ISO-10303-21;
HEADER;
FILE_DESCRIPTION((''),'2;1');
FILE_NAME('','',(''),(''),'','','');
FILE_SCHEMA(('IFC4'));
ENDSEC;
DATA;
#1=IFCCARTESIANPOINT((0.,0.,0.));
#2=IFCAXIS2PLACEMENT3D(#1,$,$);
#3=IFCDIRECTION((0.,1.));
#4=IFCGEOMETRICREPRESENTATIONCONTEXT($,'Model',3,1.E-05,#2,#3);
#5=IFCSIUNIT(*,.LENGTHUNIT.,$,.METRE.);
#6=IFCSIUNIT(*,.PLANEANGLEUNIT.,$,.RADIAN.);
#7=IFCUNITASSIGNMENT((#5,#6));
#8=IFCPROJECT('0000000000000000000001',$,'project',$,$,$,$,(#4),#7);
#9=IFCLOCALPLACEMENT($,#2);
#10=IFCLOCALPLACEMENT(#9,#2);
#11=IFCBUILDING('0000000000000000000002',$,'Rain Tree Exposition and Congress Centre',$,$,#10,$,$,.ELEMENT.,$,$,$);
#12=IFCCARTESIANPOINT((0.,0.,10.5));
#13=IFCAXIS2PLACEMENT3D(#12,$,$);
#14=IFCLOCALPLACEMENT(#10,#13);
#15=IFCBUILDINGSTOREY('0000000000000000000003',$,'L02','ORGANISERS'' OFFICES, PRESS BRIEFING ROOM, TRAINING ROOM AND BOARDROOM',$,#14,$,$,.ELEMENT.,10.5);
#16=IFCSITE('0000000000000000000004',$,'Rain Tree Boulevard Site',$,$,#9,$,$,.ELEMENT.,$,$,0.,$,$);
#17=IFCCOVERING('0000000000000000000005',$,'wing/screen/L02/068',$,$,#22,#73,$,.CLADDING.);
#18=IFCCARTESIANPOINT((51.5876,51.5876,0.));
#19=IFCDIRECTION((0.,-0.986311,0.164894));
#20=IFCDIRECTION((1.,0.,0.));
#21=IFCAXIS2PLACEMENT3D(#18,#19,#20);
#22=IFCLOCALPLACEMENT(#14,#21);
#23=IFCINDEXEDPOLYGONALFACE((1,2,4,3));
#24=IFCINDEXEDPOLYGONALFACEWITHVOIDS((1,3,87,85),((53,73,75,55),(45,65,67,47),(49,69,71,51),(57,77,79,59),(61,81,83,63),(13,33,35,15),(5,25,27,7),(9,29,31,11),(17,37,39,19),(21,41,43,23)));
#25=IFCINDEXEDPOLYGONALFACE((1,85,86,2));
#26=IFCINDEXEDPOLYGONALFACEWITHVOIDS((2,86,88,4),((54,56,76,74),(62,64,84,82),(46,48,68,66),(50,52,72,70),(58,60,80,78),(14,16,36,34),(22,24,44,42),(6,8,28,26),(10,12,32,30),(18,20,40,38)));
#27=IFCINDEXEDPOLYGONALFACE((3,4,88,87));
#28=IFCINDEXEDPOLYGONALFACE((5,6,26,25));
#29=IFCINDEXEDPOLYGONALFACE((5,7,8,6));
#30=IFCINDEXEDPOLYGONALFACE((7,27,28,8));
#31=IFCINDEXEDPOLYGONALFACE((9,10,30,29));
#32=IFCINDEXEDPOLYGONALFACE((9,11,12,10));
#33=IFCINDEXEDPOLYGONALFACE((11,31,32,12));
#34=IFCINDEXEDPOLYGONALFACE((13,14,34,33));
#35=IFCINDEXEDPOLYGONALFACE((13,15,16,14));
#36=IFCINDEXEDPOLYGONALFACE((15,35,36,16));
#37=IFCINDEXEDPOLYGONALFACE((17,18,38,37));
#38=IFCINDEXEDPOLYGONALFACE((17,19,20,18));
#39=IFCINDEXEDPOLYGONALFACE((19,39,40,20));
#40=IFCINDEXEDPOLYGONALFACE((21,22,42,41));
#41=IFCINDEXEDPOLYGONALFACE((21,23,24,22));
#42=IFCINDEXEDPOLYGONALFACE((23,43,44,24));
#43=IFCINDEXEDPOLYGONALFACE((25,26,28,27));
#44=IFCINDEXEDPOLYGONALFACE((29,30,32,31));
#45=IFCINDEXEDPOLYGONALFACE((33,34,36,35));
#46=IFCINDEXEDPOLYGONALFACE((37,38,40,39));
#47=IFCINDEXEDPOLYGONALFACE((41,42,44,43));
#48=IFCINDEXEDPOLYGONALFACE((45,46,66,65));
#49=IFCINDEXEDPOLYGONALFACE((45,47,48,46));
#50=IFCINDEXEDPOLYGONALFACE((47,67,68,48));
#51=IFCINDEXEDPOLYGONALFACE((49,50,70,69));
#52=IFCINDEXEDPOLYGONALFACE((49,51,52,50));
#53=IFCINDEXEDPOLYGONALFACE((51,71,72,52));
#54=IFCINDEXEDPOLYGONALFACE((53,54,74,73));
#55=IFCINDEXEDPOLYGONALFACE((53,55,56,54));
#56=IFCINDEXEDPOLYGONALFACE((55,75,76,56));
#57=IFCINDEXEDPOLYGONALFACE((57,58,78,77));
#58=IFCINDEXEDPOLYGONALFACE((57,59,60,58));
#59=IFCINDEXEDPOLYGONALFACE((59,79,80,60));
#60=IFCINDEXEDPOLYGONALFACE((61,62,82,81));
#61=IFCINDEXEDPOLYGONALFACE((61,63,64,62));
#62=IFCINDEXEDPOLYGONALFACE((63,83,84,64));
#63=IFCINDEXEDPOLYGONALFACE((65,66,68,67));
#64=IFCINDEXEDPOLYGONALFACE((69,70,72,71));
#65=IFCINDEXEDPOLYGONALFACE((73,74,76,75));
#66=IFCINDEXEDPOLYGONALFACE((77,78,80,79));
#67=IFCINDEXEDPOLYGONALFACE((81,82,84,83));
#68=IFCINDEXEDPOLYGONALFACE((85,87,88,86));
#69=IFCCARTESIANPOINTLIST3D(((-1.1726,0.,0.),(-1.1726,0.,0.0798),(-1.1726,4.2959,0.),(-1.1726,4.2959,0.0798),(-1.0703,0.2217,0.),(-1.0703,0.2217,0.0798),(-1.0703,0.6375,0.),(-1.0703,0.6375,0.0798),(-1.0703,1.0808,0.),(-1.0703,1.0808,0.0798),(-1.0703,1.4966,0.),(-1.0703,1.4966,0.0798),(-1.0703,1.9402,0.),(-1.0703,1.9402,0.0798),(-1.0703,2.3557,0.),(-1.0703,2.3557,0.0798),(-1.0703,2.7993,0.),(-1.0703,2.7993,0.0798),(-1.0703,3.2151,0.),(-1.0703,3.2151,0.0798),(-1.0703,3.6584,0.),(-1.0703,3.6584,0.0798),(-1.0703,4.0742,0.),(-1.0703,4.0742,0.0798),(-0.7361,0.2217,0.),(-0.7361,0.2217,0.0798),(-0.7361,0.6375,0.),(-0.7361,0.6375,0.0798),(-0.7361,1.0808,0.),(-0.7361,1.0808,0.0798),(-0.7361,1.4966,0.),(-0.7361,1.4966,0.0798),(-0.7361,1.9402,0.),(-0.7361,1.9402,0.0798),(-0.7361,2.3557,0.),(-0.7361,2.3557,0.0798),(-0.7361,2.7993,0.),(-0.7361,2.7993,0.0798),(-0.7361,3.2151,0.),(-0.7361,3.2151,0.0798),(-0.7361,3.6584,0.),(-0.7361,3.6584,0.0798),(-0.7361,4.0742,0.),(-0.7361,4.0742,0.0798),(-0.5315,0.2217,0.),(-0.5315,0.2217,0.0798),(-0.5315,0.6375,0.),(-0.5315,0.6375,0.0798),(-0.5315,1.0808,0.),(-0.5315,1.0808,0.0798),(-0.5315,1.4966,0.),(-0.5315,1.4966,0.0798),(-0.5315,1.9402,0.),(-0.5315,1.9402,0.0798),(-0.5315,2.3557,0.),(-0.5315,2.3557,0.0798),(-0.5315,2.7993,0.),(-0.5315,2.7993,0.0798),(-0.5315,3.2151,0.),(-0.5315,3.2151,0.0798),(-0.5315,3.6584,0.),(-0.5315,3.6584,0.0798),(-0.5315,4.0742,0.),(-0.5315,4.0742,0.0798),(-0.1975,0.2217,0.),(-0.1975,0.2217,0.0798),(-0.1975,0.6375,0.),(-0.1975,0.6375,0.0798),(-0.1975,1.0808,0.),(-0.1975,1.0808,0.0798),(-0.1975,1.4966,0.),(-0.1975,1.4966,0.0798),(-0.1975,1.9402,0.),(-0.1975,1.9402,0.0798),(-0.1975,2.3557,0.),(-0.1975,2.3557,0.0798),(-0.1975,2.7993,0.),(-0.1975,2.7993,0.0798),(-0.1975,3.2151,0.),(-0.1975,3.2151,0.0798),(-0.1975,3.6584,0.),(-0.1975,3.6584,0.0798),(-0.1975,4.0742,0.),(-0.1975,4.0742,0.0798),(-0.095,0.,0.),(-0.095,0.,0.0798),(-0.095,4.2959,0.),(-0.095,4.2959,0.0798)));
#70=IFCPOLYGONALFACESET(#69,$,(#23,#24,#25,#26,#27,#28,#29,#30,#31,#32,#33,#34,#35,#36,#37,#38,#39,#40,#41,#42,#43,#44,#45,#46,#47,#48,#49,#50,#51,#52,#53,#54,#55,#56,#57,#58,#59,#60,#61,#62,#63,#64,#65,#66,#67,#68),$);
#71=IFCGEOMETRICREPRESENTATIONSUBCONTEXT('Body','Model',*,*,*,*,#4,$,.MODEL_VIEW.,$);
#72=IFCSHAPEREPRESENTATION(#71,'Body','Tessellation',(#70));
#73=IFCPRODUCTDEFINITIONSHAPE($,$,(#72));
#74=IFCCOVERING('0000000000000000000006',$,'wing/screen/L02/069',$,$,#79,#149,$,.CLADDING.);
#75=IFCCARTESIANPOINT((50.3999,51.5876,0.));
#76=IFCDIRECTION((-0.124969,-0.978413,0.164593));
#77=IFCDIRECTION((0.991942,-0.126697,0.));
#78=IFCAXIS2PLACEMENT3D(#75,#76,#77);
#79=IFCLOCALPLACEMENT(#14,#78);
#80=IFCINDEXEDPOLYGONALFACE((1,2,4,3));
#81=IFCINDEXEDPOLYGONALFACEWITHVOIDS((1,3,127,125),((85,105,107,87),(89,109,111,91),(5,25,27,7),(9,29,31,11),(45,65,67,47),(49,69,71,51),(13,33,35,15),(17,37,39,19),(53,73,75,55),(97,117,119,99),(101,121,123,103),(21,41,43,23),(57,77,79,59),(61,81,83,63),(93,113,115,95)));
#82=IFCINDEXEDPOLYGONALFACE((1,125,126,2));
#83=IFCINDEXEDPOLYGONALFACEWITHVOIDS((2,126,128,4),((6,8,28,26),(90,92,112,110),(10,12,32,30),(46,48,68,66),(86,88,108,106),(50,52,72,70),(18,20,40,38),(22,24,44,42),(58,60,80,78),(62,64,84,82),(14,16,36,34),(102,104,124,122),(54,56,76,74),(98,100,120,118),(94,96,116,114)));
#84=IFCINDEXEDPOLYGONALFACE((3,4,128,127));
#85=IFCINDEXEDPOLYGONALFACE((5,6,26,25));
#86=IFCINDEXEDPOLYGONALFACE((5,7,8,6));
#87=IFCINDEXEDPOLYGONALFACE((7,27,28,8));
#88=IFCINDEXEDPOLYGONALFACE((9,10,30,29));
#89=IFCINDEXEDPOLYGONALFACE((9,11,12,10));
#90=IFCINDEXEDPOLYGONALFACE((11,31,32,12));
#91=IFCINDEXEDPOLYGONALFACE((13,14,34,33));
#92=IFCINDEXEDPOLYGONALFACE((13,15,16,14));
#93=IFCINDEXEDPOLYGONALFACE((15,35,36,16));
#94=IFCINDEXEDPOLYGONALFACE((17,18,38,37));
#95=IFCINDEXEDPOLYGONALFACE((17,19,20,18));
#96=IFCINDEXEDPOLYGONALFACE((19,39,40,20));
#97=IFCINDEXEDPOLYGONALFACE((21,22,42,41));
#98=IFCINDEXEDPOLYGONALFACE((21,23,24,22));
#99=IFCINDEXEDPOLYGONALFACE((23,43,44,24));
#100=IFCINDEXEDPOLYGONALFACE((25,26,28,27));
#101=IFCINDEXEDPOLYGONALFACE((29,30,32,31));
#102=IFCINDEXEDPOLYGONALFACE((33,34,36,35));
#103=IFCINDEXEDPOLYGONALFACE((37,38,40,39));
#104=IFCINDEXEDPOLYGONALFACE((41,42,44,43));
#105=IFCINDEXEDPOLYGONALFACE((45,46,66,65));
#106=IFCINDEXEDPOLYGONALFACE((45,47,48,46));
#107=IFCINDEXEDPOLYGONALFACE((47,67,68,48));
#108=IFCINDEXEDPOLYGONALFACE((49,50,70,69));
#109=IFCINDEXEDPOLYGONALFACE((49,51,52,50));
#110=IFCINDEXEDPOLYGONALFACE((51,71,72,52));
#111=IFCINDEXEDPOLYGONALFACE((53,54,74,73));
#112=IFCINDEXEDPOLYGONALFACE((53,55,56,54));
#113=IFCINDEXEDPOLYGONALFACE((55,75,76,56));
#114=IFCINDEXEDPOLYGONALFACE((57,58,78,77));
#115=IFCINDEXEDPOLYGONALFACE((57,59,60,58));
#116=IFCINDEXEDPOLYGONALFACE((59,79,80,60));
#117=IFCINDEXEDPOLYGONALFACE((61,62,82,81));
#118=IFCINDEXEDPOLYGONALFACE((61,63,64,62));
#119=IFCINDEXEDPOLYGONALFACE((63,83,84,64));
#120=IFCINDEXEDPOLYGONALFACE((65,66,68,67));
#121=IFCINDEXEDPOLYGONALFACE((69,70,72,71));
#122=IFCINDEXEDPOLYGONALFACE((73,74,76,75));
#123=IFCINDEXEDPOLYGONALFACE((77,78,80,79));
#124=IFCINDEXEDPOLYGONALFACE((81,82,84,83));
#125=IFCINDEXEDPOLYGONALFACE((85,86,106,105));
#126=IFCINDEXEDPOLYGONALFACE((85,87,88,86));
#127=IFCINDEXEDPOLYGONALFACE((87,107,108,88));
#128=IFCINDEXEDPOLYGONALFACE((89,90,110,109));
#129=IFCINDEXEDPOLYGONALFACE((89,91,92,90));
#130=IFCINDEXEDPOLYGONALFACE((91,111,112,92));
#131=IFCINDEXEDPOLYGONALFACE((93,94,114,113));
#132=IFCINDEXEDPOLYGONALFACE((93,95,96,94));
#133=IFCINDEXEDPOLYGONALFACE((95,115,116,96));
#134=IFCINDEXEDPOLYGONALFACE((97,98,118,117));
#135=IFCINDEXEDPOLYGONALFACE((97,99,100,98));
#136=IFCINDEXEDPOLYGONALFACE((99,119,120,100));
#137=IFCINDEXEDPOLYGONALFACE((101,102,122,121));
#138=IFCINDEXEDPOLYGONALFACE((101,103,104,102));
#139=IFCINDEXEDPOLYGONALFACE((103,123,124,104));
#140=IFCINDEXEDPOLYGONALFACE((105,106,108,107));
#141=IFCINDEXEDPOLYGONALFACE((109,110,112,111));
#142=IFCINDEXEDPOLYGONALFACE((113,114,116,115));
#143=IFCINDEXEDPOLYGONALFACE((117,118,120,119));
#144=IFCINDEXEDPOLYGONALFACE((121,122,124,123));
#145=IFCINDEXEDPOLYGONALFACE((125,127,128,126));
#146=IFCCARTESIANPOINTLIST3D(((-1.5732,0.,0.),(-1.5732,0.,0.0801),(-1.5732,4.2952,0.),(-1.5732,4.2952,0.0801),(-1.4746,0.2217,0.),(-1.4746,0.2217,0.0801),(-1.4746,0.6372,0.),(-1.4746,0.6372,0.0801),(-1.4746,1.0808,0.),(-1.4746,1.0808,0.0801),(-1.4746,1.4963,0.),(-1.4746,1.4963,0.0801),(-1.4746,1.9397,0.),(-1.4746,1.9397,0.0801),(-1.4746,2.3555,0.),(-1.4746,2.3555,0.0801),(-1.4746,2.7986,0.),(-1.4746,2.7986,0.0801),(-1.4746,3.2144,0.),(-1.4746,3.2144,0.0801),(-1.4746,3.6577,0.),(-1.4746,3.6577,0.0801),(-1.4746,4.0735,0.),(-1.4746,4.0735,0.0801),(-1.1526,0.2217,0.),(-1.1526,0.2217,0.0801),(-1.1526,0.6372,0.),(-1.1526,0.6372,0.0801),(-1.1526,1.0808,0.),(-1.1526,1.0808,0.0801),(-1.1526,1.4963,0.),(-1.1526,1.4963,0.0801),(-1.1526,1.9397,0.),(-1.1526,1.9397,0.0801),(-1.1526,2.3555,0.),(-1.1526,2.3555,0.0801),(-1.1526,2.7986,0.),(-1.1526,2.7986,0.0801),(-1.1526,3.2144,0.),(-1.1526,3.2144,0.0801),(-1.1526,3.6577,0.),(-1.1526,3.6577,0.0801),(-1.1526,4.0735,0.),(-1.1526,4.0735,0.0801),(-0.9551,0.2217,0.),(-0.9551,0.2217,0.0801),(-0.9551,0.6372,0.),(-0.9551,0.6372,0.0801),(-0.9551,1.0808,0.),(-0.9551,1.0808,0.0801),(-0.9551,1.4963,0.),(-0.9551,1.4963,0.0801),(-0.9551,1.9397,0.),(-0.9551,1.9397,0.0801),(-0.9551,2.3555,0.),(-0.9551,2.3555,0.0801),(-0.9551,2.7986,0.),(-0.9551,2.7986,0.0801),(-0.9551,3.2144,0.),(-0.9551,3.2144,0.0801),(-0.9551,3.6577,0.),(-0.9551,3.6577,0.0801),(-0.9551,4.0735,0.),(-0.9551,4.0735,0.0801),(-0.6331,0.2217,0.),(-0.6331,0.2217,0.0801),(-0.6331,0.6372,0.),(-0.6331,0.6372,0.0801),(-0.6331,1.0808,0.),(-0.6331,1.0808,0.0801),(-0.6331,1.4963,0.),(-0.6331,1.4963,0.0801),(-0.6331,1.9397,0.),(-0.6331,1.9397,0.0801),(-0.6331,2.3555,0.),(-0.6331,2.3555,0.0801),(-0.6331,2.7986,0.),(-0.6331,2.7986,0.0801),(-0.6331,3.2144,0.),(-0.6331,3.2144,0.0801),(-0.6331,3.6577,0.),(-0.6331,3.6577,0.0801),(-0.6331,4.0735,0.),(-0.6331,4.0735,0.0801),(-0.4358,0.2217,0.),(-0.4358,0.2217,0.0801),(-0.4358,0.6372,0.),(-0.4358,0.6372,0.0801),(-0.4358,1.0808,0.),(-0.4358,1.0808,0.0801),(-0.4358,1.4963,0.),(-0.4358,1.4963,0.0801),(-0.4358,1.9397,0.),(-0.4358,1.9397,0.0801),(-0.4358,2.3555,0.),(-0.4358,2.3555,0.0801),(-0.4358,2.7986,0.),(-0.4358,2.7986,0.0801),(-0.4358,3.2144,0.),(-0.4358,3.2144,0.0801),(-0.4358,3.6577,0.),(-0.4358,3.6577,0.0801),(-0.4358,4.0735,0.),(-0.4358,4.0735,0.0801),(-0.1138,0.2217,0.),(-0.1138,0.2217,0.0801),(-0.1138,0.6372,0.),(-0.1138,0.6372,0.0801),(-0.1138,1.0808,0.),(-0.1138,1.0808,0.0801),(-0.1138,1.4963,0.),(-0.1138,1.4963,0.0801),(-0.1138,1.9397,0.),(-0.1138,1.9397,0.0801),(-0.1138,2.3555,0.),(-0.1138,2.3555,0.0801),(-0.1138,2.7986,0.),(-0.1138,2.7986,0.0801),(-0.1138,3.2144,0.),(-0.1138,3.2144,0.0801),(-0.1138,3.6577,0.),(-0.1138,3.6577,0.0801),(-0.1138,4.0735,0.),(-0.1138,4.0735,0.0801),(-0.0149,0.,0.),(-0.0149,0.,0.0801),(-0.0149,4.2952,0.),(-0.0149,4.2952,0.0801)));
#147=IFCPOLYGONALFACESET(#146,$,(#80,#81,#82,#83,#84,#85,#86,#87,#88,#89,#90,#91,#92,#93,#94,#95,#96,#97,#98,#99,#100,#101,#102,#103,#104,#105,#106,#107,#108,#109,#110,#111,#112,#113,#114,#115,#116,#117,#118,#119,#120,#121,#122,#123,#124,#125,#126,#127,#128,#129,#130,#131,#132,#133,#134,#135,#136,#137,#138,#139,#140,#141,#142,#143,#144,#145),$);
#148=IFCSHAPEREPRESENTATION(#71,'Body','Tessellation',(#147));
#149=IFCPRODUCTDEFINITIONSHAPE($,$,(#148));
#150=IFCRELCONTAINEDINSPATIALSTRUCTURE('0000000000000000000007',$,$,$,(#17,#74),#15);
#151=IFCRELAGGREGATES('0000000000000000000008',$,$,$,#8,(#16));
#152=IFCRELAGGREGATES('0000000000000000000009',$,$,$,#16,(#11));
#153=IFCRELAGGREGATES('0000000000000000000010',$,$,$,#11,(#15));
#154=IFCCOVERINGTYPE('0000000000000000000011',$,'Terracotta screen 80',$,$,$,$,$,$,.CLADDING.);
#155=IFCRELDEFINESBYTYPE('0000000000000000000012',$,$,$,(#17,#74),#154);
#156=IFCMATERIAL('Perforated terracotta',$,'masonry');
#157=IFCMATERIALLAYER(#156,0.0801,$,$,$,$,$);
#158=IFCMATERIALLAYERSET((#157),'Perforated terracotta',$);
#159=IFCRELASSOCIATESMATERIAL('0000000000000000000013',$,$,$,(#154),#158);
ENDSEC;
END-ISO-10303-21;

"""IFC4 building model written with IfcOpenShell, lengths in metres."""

from ifc_helpers import new_model, si_unit, direction, frame, origin, place, context, subcontext, project, spatial, polyline, outline, extrude, material, layer, layer_set, type_object, element, save


model = new_model("IFC4")

# Units and contexts
model_context = context("Model", 3, precision=1e-05, world=origin(), true_north=direction((0.0, 1.0)))
body_context = subcontext(model_context, "Body", "Model", "MODEL_VIEW")
ifc_project = project(units=[si_unit("LENGTHUNIT", "METRE"), si_unit("PLANEANGLEUNIT", "RADIAN")], contexts=[model_context])

# Site, building, storey
site_placement = place(None, origin())
site = spatial("IfcSite", under=ifc_project, at=site_placement, Name="Rain Tree Boulevard Site", CompositionType="ELEMENT", RefElevation=0.0)
building_placement = place(site_placement, origin())
building = spatial("IfcBuilding", under=site, at=building_placement, Name="Rain Tree Exposition and Congress Centre", CompositionType="ELEMENT")
storey_placement = place(building_placement, frame((0.0, 0.0, 10.5)))
storey = spatial("IfcBuildingStorey", under=building, at=storey_placement, Name="L02", Description="ORGANISERS' OFFICES, PRESS BRIEFING ROOM, TRAINING ROOM AND BOARDROOM", CompositionType="ELEMENT", Elevation=10.5)

# Coverings
ifc_material_1 = material(Name="Perforated terracotta", Category="masonry")
ifc_layer_1 = layer(ifc_material_1, 0.0801)
ifc_layer_set_1 = layer_set([ifc_layer_1], Name="Perforated terracotta")
covering_type = type_object("IfcCoveringType", Name="Terracotta screen 80", PredefinedType="CLADDING", material=ifc_layer_set_1)
covering_1_placement = place(storey_placement, frame((51.5876, 51.5876, 0.0), z_axis=(0.0, -0.986311, 0.164894), x_axis=(1.0, 0.0, 0.0)))
element("IfcCovering", 1, at=covering_1_placement, inside=storey, type_object=covering_type, Name="wing/screen/L02/068", PredefinedType="CLADDING", context=body_context, shape_type="SweptSolid", body=[
    extrude(outline(polyline([(-1.1726, 0.0), (-1.1726, 4.2959), (-0.095, 4.2959), (-0.095, 0.0), (-1.1726, 0.0)]), holes=[polyline([(-0.1975, 0.2217), (-0.1975, 0.6375), (-0.5315, 0.6375), (-0.5315, 0.2217), (-0.1975, 0.2217)]), polyline([(-0.1975, 1.0808), (-0.1975, 1.4966), (-0.5315, 1.4966), (-0.5315, 1.0808), (-0.1975, 1.0808)]), polyline([(-0.1975, 1.9402), (-0.1975, 2.3557), (-0.5315, 2.3557), (-0.5315, 1.9402), (-0.1975, 1.9402)]), polyline([(-0.1975, 2.7993), (-0.1975, 3.2151), (-0.5315, 3.2151), (-0.5315, 2.7993), (-0.1975, 2.7993)]), polyline([(-0.1975, 3.6584), (-0.1975, 4.0742), (-0.5315, 4.0742), (-0.5315, 3.6584), (-0.1975, 3.6584)]), polyline([(-0.7361, 0.2217), (-0.7361, 0.6375), (-1.0703, 0.6375), (-1.0703, 0.2217), (-0.7361, 0.2217)]), polyline([(-0.7361, 1.0808), (-0.7361, 1.4966), (-1.0703, 1.4966), (-1.0703, 1.0808), (-0.7361, 1.0808)]), polyline([(-0.7361, 1.9402), (-0.7361, 2.3557), (-1.0703, 2.3557), (-1.0703, 1.9402), (-0.7361, 1.9402)]), polyline([(-0.7361, 2.7993), (-0.7361, 3.2151), (-1.0703, 3.2151), (-1.0703, 2.7993), (-0.7361, 2.7993)]), polyline([(-0.7361, 3.6584), (-0.7361, 4.0742), (-1.0703, 4.0742), (-1.0703, 3.6584), (-0.7361, 3.6584)])]), origin(), (0.0, 0.0, 1.0), 0.0798),
])
covering_2_placement = place(storey_placement, frame((50.3999, 51.5876, 0.0), z_axis=(-0.124969, -0.978413, 0.164593), x_axis=(0.991942, -0.126697, 0.0)))
element("IfcCovering", 2, at=covering_2_placement, inside=storey, type_object=covering_type, Name="wing/screen/L02/069", PredefinedType="CLADDING", context=body_context, shape_type="SweptSolid", body=[
    extrude(outline(polyline([(-1.5732, 0.0), (-1.5732, 4.2952), (-0.0149, 4.2952), (-0.0149, 0.0), (-1.5732, 0.0)]), holes=[polyline([(-0.1138, 0.2217), (-0.1138, 0.6372), (-0.4358, 0.6372), (-0.4358, 0.2217), (-0.1138, 0.2217)]), polyline([(-0.1138, 1.0808), (-0.1138, 1.4963), (-0.4358, 1.4963), (-0.4358, 1.0808), (-0.1138, 1.0808)]), polyline([(-0.1138, 1.9397), (-0.1138, 2.3555), (-0.4358, 2.3555), (-0.4358, 1.9397), (-0.1138, 1.9397)]), polyline([(-0.1138, 2.7986), (-0.1138, 3.2144), (-0.4358, 3.2144), (-0.4358, 2.7986), (-0.1138, 2.7986)]), polyline([(-0.1138, 3.6577), (-0.1138, 4.0735), (-0.4358, 4.0735), (-0.4358, 3.6577), (-0.1138, 3.6577)]), polyline([(-0.6331, 0.2217), (-0.6331, 0.6372), (-0.9551, 0.6372), (-0.9551, 0.2217), (-0.6331, 0.2217)]), polyline([(-0.6331, 1.0808), (-0.6331, 1.4963), (-0.9551, 1.4963), (-0.9551, 1.0808), (-0.6331, 1.0808)]), polyline([(-0.6331, 1.9397), (-0.6331, 2.3555), (-0.9551, 2.3555), (-0.9551, 1.9397), (-0.6331, 1.9397)]), polyline([(-0.6331, 2.7986), (-0.6331, 3.2144), (-0.9551, 3.2144), (-0.9551, 2.7986), (-0.6331, 2.7986)]), polyline([(-0.6331, 3.6577), (-0.6331, 4.0735), (-0.9551, 4.0735), (-0.9551, 3.6577), (-0.6331, 3.6577)]), polyline([(-1.1526, 0.2217), (-1.1526, 0.6372), (-1.4746, 0.6372), (-1.4746, 0.2217), (-1.1526, 0.2217)]), polyline([(-1.1526, 1.0808), (-1.1526, 1.4963), (-1.4746, 1.4963), (-1.4746, 1.0808), (-1.1526, 1.0808)]), polyline([(-1.1526, 1.9397), (-1.1526, 2.3555), (-1.4746, 2.3555), (-1.4746, 1.9397), (-1.1526, 1.9397)]), polyline([(-1.1526, 2.7986), (-1.1526, 3.2144), (-1.4746, 3.2144), (-1.4746, 2.7986), (-1.1526, 2.7986)]), polyline([(-1.1526, 3.6577), (-1.1526, 4.0735), (-1.4746, 4.0735), (-1.4746, 3.6577), (-1.1526, 3.6577)])]), origin(), (0.0, 0.0, 1.0), 0.0801),
])

save(model, "model.ifc")
